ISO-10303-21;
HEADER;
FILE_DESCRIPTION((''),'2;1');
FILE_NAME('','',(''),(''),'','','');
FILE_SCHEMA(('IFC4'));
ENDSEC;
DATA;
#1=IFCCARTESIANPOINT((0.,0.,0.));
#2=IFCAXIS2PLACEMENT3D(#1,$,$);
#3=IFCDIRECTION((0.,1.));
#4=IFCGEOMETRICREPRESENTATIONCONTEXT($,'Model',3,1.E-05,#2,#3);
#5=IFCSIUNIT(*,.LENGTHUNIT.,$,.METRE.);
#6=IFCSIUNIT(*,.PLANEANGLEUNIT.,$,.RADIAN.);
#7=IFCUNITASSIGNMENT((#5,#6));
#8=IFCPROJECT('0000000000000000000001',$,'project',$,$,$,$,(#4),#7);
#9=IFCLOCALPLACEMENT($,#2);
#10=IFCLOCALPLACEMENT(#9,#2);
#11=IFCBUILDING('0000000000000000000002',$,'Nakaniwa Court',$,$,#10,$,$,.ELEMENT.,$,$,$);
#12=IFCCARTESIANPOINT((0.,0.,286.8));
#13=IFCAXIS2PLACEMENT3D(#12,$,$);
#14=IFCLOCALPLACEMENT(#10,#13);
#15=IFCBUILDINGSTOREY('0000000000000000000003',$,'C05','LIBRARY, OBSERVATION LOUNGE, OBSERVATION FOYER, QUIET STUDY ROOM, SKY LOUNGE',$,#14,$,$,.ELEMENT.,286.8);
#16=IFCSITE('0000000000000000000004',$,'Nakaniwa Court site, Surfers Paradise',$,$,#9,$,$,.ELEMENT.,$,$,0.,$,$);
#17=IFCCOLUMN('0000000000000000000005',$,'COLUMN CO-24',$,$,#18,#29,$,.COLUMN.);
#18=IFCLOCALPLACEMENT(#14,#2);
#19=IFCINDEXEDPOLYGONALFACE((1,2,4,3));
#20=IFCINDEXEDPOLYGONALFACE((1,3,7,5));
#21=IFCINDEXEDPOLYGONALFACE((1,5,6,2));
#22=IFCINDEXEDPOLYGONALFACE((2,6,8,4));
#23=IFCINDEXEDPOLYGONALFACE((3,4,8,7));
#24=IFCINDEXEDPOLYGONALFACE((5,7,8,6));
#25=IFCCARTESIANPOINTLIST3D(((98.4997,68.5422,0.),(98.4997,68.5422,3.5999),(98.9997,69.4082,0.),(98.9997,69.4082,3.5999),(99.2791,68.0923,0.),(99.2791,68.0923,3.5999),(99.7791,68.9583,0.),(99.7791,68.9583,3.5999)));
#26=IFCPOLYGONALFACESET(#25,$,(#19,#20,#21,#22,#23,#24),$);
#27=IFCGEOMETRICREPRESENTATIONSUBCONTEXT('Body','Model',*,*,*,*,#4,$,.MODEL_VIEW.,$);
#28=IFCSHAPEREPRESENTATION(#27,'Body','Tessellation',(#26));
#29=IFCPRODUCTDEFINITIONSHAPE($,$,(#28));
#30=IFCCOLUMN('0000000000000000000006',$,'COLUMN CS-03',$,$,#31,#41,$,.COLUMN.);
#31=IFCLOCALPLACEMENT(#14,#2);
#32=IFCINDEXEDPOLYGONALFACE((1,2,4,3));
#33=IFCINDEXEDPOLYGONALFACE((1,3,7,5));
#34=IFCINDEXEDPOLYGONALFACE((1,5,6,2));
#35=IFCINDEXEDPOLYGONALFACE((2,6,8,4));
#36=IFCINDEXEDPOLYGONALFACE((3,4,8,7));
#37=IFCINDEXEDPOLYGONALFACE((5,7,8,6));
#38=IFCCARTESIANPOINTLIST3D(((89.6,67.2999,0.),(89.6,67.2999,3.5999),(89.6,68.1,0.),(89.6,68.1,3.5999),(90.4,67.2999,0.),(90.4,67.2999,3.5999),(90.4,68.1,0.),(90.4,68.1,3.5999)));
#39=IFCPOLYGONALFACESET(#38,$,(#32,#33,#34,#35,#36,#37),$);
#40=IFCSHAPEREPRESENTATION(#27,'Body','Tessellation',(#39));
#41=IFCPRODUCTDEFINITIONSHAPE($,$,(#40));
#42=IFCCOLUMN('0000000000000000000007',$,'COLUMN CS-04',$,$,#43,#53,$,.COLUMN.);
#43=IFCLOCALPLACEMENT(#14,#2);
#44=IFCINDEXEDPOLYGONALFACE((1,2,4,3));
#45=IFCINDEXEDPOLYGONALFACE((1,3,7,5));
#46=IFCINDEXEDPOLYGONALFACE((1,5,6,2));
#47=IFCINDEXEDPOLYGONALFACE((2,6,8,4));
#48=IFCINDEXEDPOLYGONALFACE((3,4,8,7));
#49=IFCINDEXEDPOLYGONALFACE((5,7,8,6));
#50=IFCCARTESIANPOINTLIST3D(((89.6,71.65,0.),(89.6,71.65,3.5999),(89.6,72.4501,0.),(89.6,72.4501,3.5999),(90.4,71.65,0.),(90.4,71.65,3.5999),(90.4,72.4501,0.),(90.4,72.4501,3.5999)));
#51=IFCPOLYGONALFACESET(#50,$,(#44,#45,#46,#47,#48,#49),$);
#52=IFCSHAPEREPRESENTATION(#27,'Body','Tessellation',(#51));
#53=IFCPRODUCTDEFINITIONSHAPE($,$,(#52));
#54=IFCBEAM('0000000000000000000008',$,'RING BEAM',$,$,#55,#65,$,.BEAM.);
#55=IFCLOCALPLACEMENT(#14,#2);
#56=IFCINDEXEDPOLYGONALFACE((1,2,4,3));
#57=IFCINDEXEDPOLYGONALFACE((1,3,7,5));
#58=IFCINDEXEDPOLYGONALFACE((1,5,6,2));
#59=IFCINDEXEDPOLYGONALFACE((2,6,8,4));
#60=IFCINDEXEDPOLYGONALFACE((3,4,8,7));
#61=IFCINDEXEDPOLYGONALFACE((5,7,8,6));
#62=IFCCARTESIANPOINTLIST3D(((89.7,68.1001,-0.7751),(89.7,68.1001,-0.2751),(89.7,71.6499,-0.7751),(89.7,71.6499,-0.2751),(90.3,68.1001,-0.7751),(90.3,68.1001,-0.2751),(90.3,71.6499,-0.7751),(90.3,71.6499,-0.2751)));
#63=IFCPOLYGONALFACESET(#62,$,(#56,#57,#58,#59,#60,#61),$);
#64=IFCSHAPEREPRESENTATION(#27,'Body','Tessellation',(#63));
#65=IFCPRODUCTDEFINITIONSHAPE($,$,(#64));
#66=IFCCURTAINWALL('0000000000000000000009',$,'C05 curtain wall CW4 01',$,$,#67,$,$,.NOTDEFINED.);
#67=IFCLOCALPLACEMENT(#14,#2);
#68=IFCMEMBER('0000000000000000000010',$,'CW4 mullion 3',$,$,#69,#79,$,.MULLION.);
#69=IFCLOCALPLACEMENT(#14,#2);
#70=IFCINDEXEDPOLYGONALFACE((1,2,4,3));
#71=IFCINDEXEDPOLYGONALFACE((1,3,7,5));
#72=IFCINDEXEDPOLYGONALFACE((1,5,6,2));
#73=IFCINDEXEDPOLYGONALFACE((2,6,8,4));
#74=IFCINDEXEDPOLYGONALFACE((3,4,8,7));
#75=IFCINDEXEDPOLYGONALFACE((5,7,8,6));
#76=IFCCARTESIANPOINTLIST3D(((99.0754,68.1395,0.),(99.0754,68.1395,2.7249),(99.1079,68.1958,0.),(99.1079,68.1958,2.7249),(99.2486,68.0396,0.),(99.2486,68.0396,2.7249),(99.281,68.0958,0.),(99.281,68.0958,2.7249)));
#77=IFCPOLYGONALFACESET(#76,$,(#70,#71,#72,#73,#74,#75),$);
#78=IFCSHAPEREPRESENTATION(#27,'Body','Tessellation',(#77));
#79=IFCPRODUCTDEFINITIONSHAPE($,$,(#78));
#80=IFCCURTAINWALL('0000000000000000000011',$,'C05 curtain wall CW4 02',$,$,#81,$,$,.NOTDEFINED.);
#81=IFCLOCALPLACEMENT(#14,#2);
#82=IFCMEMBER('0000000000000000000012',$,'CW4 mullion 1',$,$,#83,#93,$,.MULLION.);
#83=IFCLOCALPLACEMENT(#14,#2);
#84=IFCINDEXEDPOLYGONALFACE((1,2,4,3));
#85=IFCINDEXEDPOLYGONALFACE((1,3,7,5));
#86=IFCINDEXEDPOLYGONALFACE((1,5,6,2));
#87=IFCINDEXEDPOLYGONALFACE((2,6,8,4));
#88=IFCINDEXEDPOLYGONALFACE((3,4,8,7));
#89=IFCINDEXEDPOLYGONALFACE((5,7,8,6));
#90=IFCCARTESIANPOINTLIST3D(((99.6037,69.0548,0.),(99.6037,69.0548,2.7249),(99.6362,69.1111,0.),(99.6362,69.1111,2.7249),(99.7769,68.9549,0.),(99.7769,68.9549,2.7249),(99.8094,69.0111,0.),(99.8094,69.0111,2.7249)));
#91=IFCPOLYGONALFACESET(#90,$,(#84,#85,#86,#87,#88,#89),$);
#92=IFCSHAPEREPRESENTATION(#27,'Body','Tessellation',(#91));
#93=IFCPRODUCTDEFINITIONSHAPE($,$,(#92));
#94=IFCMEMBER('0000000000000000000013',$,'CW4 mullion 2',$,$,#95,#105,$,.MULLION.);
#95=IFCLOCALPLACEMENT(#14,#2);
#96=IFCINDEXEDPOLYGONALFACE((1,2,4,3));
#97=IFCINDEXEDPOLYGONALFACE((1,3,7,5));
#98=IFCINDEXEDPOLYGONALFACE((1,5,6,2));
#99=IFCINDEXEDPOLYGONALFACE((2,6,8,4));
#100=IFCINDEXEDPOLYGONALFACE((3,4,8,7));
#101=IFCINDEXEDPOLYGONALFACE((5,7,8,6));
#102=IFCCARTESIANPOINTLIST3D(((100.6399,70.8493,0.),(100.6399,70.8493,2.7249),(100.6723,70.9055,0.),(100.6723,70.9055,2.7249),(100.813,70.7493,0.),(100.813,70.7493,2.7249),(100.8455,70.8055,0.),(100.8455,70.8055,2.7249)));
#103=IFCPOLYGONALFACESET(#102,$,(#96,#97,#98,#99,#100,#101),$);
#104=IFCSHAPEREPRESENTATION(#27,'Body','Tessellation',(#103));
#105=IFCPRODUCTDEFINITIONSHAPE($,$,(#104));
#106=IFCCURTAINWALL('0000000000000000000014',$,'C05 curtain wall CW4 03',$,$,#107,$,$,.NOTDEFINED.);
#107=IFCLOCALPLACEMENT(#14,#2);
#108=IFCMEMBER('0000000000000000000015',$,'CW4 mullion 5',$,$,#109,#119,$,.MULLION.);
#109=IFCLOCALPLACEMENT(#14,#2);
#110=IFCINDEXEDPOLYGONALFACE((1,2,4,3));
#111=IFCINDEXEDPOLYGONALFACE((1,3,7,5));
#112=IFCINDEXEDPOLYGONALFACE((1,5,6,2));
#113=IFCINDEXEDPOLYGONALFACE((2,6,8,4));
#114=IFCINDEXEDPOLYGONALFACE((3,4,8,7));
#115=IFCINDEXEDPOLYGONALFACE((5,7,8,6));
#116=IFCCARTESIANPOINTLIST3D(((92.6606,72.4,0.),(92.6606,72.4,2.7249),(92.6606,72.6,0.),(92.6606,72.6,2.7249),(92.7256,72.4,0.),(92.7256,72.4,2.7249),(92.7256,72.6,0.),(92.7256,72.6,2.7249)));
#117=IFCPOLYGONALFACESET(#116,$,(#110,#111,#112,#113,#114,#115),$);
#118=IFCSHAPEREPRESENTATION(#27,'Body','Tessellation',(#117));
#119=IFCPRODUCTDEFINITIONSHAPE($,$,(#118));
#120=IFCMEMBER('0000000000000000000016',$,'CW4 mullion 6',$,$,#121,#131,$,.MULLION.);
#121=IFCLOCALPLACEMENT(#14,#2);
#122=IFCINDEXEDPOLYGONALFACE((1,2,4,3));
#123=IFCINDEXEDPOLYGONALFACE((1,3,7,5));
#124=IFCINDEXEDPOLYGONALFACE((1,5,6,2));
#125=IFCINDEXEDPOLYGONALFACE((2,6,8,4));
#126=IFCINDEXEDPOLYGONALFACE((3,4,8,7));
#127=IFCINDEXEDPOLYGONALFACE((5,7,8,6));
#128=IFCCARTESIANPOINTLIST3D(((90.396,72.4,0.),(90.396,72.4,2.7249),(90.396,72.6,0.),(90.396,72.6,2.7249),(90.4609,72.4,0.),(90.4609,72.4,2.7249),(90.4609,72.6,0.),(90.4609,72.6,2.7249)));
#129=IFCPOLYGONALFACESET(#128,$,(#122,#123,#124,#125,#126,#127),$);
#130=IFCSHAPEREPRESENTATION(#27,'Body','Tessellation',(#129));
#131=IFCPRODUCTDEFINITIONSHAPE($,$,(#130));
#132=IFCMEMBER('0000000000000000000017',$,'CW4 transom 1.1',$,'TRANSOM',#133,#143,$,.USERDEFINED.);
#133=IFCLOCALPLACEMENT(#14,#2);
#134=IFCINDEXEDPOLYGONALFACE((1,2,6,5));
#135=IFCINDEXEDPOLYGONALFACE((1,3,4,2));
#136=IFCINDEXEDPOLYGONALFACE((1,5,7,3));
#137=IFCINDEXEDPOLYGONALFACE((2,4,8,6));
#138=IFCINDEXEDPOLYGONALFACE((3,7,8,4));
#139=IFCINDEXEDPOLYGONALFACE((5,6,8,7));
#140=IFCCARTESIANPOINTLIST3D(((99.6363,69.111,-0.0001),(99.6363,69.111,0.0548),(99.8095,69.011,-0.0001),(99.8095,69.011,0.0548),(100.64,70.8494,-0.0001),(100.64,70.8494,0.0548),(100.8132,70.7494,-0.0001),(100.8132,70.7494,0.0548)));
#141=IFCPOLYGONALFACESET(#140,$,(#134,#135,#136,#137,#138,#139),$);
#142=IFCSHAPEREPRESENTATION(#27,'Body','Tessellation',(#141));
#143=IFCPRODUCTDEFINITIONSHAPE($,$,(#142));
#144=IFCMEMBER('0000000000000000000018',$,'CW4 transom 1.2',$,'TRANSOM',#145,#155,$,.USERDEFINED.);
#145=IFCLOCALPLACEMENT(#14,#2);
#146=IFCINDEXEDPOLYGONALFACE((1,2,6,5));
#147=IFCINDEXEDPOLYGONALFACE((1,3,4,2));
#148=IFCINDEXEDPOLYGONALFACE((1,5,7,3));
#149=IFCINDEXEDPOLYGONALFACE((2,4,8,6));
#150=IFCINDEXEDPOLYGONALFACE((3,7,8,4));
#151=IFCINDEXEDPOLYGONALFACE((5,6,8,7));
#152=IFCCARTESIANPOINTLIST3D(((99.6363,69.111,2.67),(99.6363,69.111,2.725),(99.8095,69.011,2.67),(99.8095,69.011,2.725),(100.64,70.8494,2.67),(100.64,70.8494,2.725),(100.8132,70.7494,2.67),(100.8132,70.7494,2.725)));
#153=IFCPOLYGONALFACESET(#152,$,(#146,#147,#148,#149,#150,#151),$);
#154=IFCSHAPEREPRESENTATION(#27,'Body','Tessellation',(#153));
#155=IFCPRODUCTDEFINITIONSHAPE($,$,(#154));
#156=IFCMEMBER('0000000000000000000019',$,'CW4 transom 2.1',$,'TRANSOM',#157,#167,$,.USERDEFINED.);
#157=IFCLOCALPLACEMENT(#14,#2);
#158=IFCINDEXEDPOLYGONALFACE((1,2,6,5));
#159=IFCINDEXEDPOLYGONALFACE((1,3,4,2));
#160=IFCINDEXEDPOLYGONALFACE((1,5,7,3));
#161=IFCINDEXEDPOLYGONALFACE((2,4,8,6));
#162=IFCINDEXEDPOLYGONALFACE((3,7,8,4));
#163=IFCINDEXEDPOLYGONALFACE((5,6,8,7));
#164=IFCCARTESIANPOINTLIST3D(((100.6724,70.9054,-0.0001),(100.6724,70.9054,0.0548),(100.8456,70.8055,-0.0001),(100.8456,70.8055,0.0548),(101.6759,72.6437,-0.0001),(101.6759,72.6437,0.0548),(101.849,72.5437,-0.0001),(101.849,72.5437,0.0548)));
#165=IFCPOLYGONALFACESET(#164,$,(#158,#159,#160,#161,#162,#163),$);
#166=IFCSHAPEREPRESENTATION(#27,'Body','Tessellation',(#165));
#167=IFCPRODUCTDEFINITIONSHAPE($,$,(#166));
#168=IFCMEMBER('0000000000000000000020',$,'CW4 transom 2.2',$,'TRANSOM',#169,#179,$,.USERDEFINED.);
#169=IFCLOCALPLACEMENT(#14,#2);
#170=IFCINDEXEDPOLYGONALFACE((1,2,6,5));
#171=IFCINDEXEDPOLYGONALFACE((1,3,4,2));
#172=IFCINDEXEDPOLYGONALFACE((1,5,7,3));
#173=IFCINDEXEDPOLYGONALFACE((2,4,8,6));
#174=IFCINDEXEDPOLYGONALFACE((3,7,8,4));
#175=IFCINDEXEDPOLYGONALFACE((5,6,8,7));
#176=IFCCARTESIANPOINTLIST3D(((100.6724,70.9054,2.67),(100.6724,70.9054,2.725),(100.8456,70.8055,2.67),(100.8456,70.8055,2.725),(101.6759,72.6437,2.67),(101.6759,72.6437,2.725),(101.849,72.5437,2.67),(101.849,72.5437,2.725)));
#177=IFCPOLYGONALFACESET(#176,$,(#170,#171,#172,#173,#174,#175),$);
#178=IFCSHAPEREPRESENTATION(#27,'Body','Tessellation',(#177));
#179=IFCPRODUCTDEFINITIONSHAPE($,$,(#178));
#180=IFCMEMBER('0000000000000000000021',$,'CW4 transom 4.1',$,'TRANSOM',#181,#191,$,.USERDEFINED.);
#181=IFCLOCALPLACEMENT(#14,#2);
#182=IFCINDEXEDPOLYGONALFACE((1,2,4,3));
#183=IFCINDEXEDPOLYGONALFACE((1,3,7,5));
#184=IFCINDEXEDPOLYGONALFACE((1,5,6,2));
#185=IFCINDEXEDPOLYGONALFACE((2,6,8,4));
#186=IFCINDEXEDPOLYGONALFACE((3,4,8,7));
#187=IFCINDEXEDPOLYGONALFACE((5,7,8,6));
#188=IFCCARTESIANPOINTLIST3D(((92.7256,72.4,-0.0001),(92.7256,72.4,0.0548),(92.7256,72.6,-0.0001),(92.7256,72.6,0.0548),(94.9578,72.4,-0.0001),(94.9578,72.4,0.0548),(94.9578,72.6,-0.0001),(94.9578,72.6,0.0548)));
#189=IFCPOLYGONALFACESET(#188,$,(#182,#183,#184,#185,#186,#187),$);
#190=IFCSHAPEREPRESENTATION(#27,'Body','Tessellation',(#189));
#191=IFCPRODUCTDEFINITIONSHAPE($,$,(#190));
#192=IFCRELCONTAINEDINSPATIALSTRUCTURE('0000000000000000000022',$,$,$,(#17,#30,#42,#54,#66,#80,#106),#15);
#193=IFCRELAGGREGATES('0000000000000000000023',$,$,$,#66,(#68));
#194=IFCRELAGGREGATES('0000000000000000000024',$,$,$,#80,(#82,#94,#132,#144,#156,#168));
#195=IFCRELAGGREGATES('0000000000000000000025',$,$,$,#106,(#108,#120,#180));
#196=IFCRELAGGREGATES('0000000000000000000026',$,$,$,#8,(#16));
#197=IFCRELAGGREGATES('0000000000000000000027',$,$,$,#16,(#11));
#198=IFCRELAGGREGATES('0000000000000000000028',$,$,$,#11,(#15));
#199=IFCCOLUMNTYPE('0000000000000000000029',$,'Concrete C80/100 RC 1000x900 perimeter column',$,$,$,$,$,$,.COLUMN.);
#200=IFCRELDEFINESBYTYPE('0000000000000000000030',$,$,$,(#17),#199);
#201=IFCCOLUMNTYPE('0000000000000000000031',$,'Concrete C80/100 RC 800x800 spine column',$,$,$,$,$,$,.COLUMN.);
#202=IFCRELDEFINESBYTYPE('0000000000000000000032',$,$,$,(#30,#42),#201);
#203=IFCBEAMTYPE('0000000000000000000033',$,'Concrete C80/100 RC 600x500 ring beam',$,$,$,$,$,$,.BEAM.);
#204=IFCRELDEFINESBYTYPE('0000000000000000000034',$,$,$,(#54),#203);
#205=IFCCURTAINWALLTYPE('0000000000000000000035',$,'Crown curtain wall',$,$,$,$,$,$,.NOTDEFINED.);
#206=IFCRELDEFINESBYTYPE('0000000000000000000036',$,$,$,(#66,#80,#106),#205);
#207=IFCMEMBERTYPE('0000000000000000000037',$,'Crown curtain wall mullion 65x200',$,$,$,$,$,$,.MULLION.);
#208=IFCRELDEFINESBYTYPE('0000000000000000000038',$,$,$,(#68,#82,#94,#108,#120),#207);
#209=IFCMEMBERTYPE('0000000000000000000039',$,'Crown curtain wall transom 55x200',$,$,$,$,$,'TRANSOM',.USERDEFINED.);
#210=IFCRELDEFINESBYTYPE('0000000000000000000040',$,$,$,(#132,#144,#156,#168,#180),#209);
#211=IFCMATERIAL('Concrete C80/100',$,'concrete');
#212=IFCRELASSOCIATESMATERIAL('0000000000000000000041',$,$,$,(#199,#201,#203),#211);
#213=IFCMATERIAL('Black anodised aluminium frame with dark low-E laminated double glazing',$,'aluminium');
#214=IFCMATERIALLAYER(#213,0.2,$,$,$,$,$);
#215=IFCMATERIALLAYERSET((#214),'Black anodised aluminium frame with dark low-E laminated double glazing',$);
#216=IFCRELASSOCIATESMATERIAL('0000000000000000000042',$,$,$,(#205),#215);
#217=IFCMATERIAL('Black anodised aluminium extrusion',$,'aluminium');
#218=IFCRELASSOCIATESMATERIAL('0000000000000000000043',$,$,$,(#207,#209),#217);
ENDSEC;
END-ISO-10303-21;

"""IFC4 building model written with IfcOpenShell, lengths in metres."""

from ifc_helpers import new_model, si_unit, direction, frame, origin, origin_2d, place, context, subcontext, project, spatial, rectangle, extrude, material, layer, layer_set, material_profile, profile_set, type_object, element, aggregate, save


model = new_model("IFC4")

# Units and contexts
model_context = context("Model", 3, precision=1e-05, world=origin(), true_north=direction((0.0, 1.0)))
body_context = subcontext(model_context, "Body", "Model", "MODEL_VIEW")
ifc_project = project(units=[si_unit("LENGTHUNIT", "METRE"), si_unit("PLANEANGLEUNIT", "RADIAN")], contexts=[model_context])

# Site, building, storey
site_placement = place(None, origin())
site = spatial("IfcSite", under=ifc_project, at=site_placement, Name="Nakaniwa Court site, Surfers Paradise", CompositionType="ELEMENT", RefElevation=0.0)
building_placement = place(site_placement, origin())
building = spatial("IfcBuilding", under=site, at=building_placement, Name="Nakaniwa Court", CompositionType="ELEMENT")
storey_placement = place(building_placement, frame((0.0, 0.0, 286.8)))
storey = spatial("IfcBuildingStorey", under=building, at=storey_placement, Name="C05", Description="LIBRARY, OBSERVATION LOUNGE, OBSERVATION FOYER, QUIET STUDY ROOM, SKY LOUNGE", CompositionType="ELEMENT", Elevation=286.8)

# Columns
ifc_material_1 = material(Name="Concrete C80/100", Category="concrete")
ifc_material_profile_1 = material_profile(ifc_material_1, rectangle(XDim=1.0, YDim=0.8999, at=origin_2d()), Name="Concrete C80/100 RC 1000x900 perimeter column")
ifc_profile_set_1 = profile_set([ifc_material_profile_1], Name="Concrete C80/100")
column_type_1 = type_object("IfcColumnType", Name="Concrete C80/100 RC 1000x900 perimeter column", PredefinedType="COLUMN", material=ifc_profile_set_1)
column_placement = place(storey_placement, frame((99.1394, 68.7502, 0.0), z_axis=(0.0, 0.0, 1.0), x_axis=(0.5, 0.866025, 0.0)))
element("IfcColumn", 1, at=column_placement, inside=storey, type_object=column_type_1, Name="COLUMN CO-24", PredefinedType="COLUMN", context=body_context, shape_type="SweptSolid", body=[
    extrude(rectangle(XDim=1.0, YDim=0.8999, at=origin_2d()), origin(), (0.0, 0.0, 1.0), 3.5999),
])
ifc_material_profile_2 = material_profile(ifc_material_1, rectangle(XDim=0.8, YDim=0.8, at=origin_2d()), Name="Concrete C80/100 RC 800x800 spine column")
ifc_profile_set_2 = profile_set([ifc_material_profile_2], Name="Concrete C80/100")
column_type_2 = type_object("IfcColumnType", Name="Concrete C80/100 RC 800x800 spine column", PredefinedType="COLUMN", material=ifc_profile_set_2)
for number, where, z_axis, x_axis, name in (
    (2, (90.0, 67.7, 0.0), (0.0, 0.0, 1.0), (0.0, 1.0, 0.0), "COLUMN CS-03"),
    (3, (90.0, 72.05, 0.0), (0.0, 0.0, 1.0), (0.0, 1.0, 0.0), "COLUMN CS-04"),
):
    element("IfcColumn", number, at=place(storey_placement, frame(where, z_axis=z_axis, x_axis=x_axis)), inside=storey, type_object=column_type_2, Name=name, PredefinedType="COLUMN", context=body_context, shape_type="SweptSolid", body=[
        extrude(rectangle(XDim=0.8, YDim=0.8, at=origin_2d()), origin(), (0.0, 0.0, 1.0), 3.5999),
    ])

# Beam
ifc_material_profile_3 = material_profile(ifc_material_1, rectangle(XDim=0.6001, YDim=0.5, at=origin_2d()), Name="Concrete C80/100 RC 600x500 ring beam")
ifc_profile_set_3 = profile_set([ifc_material_profile_3], Name="Concrete C80/100")
beam_type = type_object("IfcBeamType", Name="Concrete C80/100 RC 600x500 ring beam", PredefinedType="BEAM", material=ifc_profile_set_3)
beam_placement = place(storey_placement, frame((90.0, 68.1001, -0.5251), z_axis=(0.0, 1.0, 0.0), x_axis=(-1.0, 0.0, 0.0)))
element("IfcBeam", 4, at=beam_placement, inside=storey, type_object=beam_type, Name="RING BEAM", PredefinedType="BEAM", context=body_context, shape_type="SweptSolid", body=[
    extrude(rectangle(XDim=0.6001, YDim=0.5, at=origin_2d()), origin(), (0.0, 0.0, 1.0), 3.5498),
])

# Curtain wall, member
ifc_material_2 = material(Name="Black anodised aluminium frame with dark low-E laminated double glazing", Category="aluminium")
ifc_layer_1 = layer(ifc_material_2, 0.2)
ifc_layer_set_1 = layer_set([ifc_layer_1], Name="Black anodised aluminium frame with dark low-E laminated double glazing")
curtain_wall_type = type_object("IfcCurtainWallType", Name="Crown curtain wall", PredefinedType="NOTDEFINED", material=ifc_layer_set_1)
curtain_wall_1_placement = place(storey_placement, origin())
curtain_wall_1 = element("IfcCurtainWall", 5, at=curtain_wall_1_placement, inside=storey, type_object=curtain_wall_type, Name="C05 curtain wall CW4 01", PredefinedType="NOTDEFINED")
ifc_material_3 = material(Name="Black anodised aluminium extrusion", Category="aluminium")
ifc_material_profile_4 = material_profile(ifc_material_3, rectangle(XDim=0.2, YDim=0.0649, at=origin_2d()), Name="Crown curtain wall mullion 65x200")
ifc_profile_set_4 = profile_set([ifc_material_profile_4], Name="Black anodised aluminium extrusion")
member_type_1 = type_object("IfcMemberType", Name="Crown curtain wall mullion 65x200", PredefinedType="MULLION", material=ifc_profile_set_4)
member_1_placement = place(storey_placement, frame((99.1782, 68.1177, 0.0), z_axis=(0.0, 0.0, 1.0), x_axis=(-0.866033, 0.499987, 0.0)))
member_1 = element("IfcMember", 6, at=member_1_placement, type_object=member_type_1, Name="CW4 mullion 3", PredefinedType="MULLION", context=body_context, shape_type="SweptSolid", body=[
    extrude(rectangle(XDim=0.2, YDim=0.0649, at=origin_2d()), origin(), (0.0, 0.0, 1.0), 2.7249),
])

# Curtain walls, members
curtain_wall_2_placement = place(storey_placement, origin())
curtain_wall_2 = element("IfcCurtainWall", 7, at=curtain_wall_2_placement, inside=storey, type_object=curtain_wall_type, Name="C05 curtain wall CW4 02", PredefinedType="NOTDEFINED")
member_2_placement = place(storey_placement, frame((99.7065, 69.033, 0.0), z_axis=(0.0, 0.0, 1.0), x_axis=(-0.866021, 0.500008, 0.0)))
member_2 = element("IfcMember", 8, at=member_2_placement, type_object=member_type_1, Name="CW4 mullion 1", PredefinedType="MULLION", context=body_context, shape_type="SweptSolid", body=[
    extrude(rectangle(XDim=0.2, YDim=0.0649, at=origin_2d()), origin(), (0.0, 0.0, 1.0), 2.7249),
])
member_3_placement = place(storey_placement, frame((100.7427, 70.8274, 0.0), z_axis=(0.0, 0.0, 1.0), x_axis=(-0.866021, 0.500008, 0.0)))
member_3 = element("IfcMember", 9, at=member_3_placement, type_object=member_type_1, Name="CW4 mullion 2", PredefinedType="MULLION", context=body_context, shape_type="SweptSolid", body=[
    extrude(rectangle(XDim=0.2, YDim=0.0649, at=origin_2d()), origin(), (0.0, 0.0, 1.0), 2.7249),
])
curtain_wall_3_placement = place(storey_placement, origin())
curtain_wall_3 = element("IfcCurtainWall", 10, at=curtain_wall_3_placement, inside=storey, type_object=curtain_wall_type, Name="C05 curtain wall CW4 03", PredefinedType="NOTDEFINED")
member_4_placement = place(storey_placement, frame((92.6931, 72.5, 0.0), z_axis=(0.0, 0.0, 1.0), x_axis=(0.0, -1.0, 0.0)))
member_4 = element("IfcMember", 11, at=member_4_placement, type_object=member_type_1, Name="CW4 mullion 5", PredefinedType="MULLION", context=body_context, shape_type="SweptSolid", body=[
    extrude(rectangle(XDim=0.2, YDim=0.0649, at=origin_2d()), origin(), (0.0, 0.0, 1.0), 2.7249),
])
member_5_placement = place(storey_placement, frame((90.4285, 72.5, 0.0), z_axis=(0.0, 0.0, 1.0), x_axis=(0.0, -1.0, 0.0)))
member_5 = element("IfcMember", 12, at=member_5_placement, type_object=member_type_1, Name="CW4 mullion 6", PredefinedType="MULLION", context=body_context, shape_type="SweptSolid", body=[
    extrude(rectangle(XDim=0.2, YDim=0.0649, at=origin_2d()), origin(), (0.0, 0.0, 1.0), 2.7249),
])

# Members
ifc_material_profile_5 = material_profile(ifc_material_3, rectangle(XDim=0.2, YDim=0.0549, at=origin_2d()), Name="Crown curtain wall transom 55x200")
ifc_profile_set_5 = profile_set([ifc_material_profile_5], Name="Black anodised aluminium extrusion")
member_type_2 = type_object("IfcMemberType", Name="Crown curtain wall transom 55x200", ElementType="TRANSOM", PredefinedType="USERDEFINED", material=ifc_profile_set_5)
member_6_placement = place(storey_placement, frame((99.7229, 69.061, 0.0273), z_axis=(0.500024, 0.866011, 0.0), x_axis=(-0.866011, 0.500024, 0.0)))
member_6 = element("IfcMember", 13, at=member_6_placement, type_object=member_type_2, Name="CW4 transom 1.1", ObjectType="TRANSOM", PredefinedType="USERDEFINED", context=body_context, shape_type="SweptSolid", body=[
    extrude(rectangle(XDim=0.2, YDim=0.0549, at=origin_2d()), origin(), (0.0, 0.0, 1.0), 2.0073),
])
member_7_placement = place(storey_placement, frame((99.7229, 69.061, 2.6975), z_axis=(0.500024, 0.866011, 0.0), x_axis=(-0.866011, 0.500024, 0.0)))
member_7 = element("IfcMember", 14, at=member_7_placement, type_object=member_type_2, Name="CW4 transom 1.2", ObjectType="TRANSOM", PredefinedType="USERDEFINED", context=body_context, shape_type="SweptSolid", body=[
    extrude(rectangle(XDim=0.2, YDim=0.0549, at=origin_2d()), origin(), (0.0, 0.0, 1.0), 2.0073),
])
member_8_placement = place(storey_placement, frame((100.759, 70.8555, 0.0273), z_axis=(0.499933, 0.866064, 0.0), x_axis=(-0.866064, 0.499933, 0.0)))
member_8 = element("IfcMember", 15, at=member_8_placement, type_object=member_type_2, Name="CW4 transom 2.1", ObjectType="TRANSOM", PredefinedType="USERDEFINED", context=body_context, shape_type="SweptSolid", body=[
    extrude(rectangle(XDim=0.2, YDim=0.0549, at=origin_2d()), origin(), (0.0, 0.0, 1.0), 2.0071),
])
member_9_placement = place(storey_placement, frame((100.759, 70.8555, 2.6975), z_axis=(0.499933, 0.866064, 0.0), x_axis=(-0.866064, 0.499933, 0.0)))
member_9 = element("IfcMember", 16, at=member_9_placement, type_object=member_type_2, Name="CW4 transom 2.2", ObjectType="TRANSOM", PredefinedType="USERDEFINED", context=body_context, shape_type="SweptSolid", body=[
    extrude(rectangle(XDim=0.2, YDim=0.0549, at=origin_2d()), origin(), (0.0, 0.0, 1.0), 2.0071),
])
member_10_placement = place(storey_placement, frame((94.9578, 72.5, 0.0273), z_axis=(-1.0, 0.0, 0.0), x_axis=(0.0, -1.0, 0.0)))
member_10 = element("IfcMember", 17, at=member_10_placement, type_object=member_type_2, Name="CW4 transom 4.1", ObjectType="TRANSOM", PredefinedType="USERDEFINED", context=body_context, shape_type="SweptSolid", body=[
    extrude(rectangle(XDim=0.2, YDim=0.0549, at=origin_2d()), origin(), (0.0, 0.0, 1.0), 2.2322),
])

aggregate(curtain_wall_1, [member_1])
aggregate(curtain_wall_2, [member_2, member_3, member_6, member_7, member_8, member_9])
aggregate(curtain_wall_3, [member_4, member_5, member_10])

save(model, "model.ifc")
